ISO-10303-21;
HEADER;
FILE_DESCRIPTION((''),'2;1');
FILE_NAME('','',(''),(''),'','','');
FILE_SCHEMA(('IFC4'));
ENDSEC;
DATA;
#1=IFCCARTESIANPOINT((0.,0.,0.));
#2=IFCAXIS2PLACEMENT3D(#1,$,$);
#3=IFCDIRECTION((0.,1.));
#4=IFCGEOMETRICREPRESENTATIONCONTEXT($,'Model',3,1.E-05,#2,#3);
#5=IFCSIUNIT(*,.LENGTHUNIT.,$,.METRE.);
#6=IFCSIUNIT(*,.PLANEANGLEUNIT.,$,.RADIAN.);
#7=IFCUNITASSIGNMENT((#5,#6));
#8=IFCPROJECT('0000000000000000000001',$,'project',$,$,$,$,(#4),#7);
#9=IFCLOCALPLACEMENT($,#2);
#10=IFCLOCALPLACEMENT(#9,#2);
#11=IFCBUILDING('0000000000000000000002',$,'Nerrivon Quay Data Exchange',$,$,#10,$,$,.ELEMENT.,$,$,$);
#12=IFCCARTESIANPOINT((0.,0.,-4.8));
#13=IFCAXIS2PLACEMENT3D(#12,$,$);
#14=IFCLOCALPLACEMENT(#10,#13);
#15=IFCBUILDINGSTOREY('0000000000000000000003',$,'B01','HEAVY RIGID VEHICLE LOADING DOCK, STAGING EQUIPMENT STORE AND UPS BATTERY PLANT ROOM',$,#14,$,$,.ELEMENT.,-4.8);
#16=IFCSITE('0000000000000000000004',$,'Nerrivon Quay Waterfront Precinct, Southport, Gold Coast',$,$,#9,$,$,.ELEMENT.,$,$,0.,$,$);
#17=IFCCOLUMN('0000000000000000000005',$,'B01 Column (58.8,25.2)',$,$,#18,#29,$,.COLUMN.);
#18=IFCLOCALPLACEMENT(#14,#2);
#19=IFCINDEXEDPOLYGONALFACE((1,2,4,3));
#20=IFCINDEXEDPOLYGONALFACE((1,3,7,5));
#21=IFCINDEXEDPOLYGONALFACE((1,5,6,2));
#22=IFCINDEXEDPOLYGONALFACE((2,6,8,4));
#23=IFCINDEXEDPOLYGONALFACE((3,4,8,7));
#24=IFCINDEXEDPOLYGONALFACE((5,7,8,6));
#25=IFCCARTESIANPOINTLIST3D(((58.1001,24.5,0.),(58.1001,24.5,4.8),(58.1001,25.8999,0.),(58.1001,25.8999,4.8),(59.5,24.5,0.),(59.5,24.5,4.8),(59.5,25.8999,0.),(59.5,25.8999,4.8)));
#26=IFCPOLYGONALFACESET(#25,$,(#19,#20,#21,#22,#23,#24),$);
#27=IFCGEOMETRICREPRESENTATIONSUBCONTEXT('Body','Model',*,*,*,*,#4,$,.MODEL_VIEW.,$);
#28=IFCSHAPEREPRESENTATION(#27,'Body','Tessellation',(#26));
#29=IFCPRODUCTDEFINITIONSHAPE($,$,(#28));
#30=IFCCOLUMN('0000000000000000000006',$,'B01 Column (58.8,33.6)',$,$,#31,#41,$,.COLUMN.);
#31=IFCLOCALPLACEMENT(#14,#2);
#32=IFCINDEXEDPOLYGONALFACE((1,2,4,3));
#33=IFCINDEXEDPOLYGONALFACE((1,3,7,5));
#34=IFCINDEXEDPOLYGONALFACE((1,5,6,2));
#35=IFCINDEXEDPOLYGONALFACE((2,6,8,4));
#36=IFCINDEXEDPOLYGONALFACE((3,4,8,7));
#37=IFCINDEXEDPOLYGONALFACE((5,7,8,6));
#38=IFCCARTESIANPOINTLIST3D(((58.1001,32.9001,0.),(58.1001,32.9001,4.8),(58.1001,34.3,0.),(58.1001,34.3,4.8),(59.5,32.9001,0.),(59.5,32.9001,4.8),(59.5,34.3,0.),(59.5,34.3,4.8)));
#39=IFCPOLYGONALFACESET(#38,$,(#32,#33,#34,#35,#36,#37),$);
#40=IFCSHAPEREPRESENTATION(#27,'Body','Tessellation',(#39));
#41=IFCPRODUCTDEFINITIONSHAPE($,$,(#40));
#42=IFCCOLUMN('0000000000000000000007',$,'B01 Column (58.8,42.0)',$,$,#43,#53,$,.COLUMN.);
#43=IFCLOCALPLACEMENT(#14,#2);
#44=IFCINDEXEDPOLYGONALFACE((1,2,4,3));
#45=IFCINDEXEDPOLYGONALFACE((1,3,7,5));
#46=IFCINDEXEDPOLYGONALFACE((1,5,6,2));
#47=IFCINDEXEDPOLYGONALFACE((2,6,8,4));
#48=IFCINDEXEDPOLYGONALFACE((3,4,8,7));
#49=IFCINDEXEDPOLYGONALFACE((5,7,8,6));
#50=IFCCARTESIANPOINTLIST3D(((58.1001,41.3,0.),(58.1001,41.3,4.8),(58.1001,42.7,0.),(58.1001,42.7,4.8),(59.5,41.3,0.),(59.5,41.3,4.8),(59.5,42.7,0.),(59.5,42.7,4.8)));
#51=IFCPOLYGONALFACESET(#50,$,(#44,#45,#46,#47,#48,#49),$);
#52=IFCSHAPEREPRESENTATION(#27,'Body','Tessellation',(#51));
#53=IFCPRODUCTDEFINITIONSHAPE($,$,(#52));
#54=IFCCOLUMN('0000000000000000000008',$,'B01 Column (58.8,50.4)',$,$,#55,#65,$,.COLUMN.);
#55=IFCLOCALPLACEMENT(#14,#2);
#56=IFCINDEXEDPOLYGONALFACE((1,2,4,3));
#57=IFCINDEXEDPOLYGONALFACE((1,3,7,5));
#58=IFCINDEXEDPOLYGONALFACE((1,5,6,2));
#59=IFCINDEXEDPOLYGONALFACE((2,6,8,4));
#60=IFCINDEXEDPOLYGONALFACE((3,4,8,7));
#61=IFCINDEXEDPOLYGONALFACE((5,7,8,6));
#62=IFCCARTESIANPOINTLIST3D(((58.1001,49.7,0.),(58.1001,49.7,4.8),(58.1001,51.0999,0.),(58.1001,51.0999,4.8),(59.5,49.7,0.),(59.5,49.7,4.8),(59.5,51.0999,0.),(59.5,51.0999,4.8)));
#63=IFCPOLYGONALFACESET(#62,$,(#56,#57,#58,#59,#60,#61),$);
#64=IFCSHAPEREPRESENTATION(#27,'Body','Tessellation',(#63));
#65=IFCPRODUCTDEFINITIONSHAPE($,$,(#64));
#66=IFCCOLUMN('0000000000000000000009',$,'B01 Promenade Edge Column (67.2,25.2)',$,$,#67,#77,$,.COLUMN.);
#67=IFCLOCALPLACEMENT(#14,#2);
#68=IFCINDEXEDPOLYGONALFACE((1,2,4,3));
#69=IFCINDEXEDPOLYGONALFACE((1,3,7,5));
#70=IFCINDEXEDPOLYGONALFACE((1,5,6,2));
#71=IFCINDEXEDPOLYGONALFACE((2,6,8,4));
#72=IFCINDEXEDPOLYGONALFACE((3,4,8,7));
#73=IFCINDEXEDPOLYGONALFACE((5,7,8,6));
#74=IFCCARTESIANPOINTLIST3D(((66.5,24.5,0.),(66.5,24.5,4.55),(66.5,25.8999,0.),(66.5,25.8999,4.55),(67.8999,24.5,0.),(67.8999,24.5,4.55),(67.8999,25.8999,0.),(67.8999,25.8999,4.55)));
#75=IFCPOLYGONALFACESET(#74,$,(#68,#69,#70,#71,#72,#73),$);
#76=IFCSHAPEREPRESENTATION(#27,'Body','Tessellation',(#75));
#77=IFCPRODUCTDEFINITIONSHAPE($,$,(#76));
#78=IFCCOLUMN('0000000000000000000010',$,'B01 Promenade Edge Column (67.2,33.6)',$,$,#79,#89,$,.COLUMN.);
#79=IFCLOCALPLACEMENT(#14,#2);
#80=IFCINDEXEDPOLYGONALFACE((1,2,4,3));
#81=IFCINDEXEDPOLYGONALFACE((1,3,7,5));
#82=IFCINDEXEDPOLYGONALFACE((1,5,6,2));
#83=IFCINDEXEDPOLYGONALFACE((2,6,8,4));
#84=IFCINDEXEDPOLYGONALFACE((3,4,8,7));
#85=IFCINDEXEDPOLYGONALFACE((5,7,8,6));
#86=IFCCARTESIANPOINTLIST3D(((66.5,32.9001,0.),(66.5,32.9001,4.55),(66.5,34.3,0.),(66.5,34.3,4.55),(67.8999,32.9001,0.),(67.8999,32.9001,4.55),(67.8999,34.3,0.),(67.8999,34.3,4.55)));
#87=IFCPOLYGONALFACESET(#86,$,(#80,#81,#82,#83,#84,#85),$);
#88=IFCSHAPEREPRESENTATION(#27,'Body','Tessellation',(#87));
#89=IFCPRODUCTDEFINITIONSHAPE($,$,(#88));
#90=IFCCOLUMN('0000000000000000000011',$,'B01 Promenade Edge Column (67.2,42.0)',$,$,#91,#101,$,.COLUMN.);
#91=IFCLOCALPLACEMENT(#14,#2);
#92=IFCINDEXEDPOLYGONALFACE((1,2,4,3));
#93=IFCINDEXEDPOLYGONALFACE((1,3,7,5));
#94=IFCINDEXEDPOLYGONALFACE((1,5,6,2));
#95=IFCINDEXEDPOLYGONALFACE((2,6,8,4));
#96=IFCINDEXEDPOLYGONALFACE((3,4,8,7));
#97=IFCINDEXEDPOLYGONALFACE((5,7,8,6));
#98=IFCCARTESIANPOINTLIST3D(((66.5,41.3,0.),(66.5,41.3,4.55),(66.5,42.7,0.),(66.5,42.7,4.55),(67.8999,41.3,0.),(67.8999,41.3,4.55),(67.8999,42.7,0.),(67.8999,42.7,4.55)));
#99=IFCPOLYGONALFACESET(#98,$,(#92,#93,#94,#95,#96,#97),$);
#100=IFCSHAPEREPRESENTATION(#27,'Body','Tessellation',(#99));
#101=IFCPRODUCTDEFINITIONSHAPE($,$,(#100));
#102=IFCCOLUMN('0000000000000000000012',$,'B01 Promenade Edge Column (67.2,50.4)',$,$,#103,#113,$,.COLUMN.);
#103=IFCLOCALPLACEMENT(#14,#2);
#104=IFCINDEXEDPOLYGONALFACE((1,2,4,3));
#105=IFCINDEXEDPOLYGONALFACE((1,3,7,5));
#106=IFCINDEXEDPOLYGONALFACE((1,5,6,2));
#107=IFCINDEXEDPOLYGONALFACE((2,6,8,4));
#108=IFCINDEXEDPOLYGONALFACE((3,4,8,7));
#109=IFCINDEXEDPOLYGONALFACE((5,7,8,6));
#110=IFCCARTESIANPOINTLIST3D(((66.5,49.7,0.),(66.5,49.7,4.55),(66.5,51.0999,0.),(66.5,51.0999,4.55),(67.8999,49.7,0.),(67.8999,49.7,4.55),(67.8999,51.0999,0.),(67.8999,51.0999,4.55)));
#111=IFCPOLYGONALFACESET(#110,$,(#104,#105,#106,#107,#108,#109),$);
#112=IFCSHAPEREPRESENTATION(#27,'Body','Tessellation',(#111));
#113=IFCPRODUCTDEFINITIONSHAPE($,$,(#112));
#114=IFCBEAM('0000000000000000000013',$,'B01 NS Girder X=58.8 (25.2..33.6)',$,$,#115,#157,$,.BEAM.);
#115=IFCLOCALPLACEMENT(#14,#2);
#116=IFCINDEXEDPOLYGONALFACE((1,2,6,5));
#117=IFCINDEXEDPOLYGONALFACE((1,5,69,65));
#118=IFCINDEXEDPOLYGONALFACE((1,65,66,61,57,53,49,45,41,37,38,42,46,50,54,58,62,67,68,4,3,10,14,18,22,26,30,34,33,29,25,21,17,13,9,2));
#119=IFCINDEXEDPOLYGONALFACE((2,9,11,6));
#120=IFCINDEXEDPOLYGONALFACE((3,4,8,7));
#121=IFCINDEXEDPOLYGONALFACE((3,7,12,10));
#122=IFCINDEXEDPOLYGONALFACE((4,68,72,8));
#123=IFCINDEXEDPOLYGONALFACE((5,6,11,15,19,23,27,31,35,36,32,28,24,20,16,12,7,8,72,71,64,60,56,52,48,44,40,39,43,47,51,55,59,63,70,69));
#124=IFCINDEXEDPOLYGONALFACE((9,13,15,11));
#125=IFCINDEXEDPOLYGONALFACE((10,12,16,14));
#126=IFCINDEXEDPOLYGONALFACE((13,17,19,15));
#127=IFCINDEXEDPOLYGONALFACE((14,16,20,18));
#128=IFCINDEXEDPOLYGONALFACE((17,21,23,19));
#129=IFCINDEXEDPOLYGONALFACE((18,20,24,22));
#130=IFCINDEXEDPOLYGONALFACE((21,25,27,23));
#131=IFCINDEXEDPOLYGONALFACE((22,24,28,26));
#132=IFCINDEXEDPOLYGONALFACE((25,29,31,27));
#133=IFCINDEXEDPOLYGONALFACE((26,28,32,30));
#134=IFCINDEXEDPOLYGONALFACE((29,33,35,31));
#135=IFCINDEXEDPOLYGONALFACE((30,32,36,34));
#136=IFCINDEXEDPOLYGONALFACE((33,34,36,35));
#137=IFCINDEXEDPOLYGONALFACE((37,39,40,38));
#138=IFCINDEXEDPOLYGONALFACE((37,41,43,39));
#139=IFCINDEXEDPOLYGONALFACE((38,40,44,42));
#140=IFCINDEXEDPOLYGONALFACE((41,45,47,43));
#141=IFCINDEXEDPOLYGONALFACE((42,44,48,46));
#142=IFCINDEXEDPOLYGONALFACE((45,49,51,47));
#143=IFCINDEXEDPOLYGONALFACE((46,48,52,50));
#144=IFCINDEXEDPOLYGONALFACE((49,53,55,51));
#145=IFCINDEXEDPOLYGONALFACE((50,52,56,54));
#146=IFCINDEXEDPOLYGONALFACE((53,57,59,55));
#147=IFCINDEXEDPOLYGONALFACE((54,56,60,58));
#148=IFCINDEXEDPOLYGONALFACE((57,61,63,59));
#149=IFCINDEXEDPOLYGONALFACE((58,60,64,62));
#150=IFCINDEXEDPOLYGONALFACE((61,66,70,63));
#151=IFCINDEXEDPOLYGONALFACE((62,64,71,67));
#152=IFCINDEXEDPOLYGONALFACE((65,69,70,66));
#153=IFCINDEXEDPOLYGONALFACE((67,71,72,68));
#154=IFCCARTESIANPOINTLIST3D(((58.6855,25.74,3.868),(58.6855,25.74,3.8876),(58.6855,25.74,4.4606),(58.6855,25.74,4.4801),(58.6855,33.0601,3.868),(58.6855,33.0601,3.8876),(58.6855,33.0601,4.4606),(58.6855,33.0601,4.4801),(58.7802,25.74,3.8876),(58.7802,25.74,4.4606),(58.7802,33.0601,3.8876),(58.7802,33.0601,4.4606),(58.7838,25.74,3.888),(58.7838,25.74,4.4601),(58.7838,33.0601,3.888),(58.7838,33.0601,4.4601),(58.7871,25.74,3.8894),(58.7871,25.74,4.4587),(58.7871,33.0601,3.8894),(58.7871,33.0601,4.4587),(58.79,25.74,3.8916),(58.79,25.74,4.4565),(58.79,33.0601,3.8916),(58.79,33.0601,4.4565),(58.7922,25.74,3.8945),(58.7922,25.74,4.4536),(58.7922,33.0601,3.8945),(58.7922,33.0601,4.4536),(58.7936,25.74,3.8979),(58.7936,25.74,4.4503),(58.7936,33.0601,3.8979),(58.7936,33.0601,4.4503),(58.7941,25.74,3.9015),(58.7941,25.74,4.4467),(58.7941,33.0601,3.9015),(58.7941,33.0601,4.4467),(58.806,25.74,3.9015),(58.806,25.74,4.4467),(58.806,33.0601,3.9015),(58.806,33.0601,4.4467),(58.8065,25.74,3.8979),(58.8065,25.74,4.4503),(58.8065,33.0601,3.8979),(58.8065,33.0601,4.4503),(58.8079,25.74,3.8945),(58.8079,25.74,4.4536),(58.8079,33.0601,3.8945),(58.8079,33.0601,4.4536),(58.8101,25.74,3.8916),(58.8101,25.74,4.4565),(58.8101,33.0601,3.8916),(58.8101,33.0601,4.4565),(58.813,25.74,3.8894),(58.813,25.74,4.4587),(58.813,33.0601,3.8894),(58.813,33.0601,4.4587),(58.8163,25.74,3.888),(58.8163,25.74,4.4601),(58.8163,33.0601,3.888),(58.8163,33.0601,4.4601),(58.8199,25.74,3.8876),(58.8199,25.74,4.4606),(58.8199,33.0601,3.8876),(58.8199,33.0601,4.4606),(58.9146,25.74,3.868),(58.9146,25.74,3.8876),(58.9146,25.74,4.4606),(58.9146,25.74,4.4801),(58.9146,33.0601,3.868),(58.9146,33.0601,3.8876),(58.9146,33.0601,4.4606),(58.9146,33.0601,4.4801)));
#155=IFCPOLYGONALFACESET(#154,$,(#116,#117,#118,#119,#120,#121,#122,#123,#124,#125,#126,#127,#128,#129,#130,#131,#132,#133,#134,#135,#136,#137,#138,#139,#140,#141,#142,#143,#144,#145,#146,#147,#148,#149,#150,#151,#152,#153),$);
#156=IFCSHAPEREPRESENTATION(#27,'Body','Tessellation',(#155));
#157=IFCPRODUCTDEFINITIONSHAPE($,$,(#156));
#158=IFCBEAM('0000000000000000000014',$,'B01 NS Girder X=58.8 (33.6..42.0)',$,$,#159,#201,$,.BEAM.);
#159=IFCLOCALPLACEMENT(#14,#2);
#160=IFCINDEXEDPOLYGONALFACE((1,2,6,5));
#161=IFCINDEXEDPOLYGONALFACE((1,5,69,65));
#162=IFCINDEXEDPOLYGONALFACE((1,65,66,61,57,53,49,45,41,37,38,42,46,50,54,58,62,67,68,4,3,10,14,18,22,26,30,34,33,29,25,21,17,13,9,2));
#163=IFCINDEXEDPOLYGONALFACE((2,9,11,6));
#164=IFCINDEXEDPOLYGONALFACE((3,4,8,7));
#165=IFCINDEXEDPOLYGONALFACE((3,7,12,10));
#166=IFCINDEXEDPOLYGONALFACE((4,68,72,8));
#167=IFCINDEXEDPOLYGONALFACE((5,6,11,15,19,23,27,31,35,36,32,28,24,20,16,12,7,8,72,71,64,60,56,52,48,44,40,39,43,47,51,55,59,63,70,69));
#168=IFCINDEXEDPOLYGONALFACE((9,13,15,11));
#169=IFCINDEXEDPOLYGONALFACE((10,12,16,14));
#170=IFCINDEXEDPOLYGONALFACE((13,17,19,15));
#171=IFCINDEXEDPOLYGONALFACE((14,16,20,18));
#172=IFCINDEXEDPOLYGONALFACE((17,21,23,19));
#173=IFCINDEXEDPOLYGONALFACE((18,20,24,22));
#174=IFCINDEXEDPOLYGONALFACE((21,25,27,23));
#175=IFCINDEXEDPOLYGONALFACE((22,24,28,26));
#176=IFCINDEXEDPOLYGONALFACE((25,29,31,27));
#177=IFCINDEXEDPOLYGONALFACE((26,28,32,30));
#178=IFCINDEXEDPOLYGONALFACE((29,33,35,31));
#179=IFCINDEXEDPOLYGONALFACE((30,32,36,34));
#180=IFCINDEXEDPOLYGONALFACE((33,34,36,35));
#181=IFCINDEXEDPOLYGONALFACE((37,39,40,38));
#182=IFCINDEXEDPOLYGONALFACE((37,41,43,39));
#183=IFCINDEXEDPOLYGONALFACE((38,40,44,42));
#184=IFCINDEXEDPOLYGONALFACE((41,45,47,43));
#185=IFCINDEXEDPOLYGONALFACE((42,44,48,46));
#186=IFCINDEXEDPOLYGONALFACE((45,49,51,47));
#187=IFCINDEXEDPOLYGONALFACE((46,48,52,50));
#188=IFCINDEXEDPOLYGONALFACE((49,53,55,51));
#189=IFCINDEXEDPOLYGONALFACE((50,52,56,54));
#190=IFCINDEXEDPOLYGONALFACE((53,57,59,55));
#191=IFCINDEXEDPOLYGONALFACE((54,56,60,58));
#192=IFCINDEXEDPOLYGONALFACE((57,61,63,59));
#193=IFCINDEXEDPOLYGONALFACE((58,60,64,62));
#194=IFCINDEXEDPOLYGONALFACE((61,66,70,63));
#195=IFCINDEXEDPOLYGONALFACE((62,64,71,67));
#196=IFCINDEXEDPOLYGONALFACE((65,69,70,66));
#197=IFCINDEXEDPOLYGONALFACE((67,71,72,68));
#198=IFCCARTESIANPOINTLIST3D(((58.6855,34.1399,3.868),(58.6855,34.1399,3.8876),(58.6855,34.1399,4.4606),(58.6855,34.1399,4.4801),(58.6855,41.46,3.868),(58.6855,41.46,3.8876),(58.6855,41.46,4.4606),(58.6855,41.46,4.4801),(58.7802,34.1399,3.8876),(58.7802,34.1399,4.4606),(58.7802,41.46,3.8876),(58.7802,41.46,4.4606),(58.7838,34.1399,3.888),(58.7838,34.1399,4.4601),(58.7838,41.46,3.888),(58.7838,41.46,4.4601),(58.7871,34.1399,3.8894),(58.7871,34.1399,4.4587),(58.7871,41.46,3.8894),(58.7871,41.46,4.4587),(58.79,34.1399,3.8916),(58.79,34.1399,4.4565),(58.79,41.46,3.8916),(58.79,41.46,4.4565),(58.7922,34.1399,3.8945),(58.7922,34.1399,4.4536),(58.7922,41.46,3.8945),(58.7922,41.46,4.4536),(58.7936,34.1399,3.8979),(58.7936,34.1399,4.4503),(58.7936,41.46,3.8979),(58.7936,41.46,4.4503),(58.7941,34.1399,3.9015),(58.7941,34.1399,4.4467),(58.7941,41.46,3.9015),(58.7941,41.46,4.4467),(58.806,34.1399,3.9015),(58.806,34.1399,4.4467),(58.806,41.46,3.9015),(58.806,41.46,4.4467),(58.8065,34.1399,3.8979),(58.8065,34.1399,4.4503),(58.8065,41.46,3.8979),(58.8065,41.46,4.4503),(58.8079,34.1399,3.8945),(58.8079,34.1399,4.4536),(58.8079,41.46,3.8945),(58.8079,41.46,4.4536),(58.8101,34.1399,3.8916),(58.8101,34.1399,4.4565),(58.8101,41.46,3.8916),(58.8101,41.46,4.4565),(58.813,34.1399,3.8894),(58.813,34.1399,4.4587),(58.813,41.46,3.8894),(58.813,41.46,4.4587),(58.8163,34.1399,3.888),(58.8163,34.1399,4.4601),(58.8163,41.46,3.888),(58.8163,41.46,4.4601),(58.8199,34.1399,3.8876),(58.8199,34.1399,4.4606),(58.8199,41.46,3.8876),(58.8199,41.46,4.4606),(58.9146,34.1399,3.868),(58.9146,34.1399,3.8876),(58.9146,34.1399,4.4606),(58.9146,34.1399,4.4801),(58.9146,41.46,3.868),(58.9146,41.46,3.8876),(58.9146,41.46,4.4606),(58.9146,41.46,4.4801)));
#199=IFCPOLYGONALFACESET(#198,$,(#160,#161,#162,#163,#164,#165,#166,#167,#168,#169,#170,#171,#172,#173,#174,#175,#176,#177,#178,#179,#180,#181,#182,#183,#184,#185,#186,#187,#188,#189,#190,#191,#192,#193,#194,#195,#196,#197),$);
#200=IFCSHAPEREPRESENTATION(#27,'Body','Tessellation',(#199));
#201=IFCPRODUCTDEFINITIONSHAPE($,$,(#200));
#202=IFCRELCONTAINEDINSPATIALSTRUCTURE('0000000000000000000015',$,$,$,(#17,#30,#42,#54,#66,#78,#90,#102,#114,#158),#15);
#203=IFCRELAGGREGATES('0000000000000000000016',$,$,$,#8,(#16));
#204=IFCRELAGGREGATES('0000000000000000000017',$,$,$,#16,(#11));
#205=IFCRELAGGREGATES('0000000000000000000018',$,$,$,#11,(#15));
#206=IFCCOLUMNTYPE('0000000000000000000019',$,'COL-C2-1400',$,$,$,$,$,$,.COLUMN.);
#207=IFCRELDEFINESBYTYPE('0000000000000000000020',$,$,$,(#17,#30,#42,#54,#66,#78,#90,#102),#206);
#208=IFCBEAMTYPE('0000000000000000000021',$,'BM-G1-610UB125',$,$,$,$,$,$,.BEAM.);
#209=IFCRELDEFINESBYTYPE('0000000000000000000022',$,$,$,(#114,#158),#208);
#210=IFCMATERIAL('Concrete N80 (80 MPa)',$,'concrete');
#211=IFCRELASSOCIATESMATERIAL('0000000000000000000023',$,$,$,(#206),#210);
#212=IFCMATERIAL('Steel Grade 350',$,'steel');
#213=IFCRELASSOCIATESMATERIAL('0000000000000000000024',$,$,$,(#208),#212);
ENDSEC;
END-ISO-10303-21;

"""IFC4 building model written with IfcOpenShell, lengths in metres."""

from ifc_helpers import new_model, si_unit, direction, frame, origin, origin_2d, place, context, subcontext, project, spatial, rectangle, i_section, extrude, material, material_profile, profile_set, type_object, element, save


model = new_model("IFC4")

# Units and contexts
model_context = context("Model", 3, precision=1e-05, world=origin(), true_north=direction((0.0, 1.0)))
body_context = subcontext(model_context, "Body", "Model", "MODEL_VIEW")
ifc_project = project(units=[si_unit("LENGTHUNIT", "METRE"), si_unit("PLANEANGLEUNIT", "RADIAN")], contexts=[model_context])

# Site, building, storey
site_placement = place(None, origin())
site = spatial("IfcSite", under=ifc_project, at=site_placement, Name="Nerrivon Quay Waterfront Precinct, Southport, Gold Coast", CompositionType="ELEMENT", RefElevation=0.0)
building_placement = place(site_placement, origin())
building = spatial("IfcBuilding", under=site, at=building_placement, Name="Nerrivon Quay Data Exchange", CompositionType="ELEMENT")
storey_placement = place(building_placement, frame((0.0, 0.0, -4.8)))
storey = spatial("IfcBuildingStorey", under=building, at=storey_placement, Name="B01", Description="HEAVY RIGID VEHICLE LOADING DOCK, STAGING EQUIPMENT STORE AND UPS BATTERY PLANT ROOM", CompositionType="ELEMENT", Elevation=-4.8)

# Columns
ifc_material_1 = material(Name="Concrete N80 (80 MPa)", Category="concrete")
ifc_material_profile_1 = material_profile(ifc_material_1, rectangle(XDim=1.3999, YDim=1.3999, at=origin_2d()), Name="RC-COL-1400x1400")
ifc_profile_set_1 = profile_set([ifc_material_profile_1], Name="Concrete N80 (80 MPa)")
column_type = type_object("IfcColumnType", Name="COL-C2-1400", PredefinedType="COLUMN", material=ifc_profile_set_1)
for number, where, z_axis, x_axis, name in (
    (1, (58.8, 25.2, 0.0), (0.0, 0.0, 1.0), (1.0, 0.0, 0.0), "B01 Column (58.8,25.2)"),
    (2, (58.8, 33.6001, 0.0), (0.0, 0.0, 1.0), (1.0, 0.0, 0.0), "B01 Column (58.8,33.6)"),
    (3, (58.8, 42.0, 0.0), (0.0, 0.0, 1.0), (1.0, 0.0, 0.0), "B01 Column (58.8,42.0)"),
    (4, (58.8, 50.3999, 0.0), (0.0, 0.0, 1.0), (1.0, 0.0, 0.0), "B01 Column (58.8,50.4)"),
):
    element("IfcColumn", number, at=place(storey_placement, frame(where, z_axis=z_axis, x_axis=x_axis)), inside=storey, type_object=column_type, Name=name, PredefinedType="COLUMN", context=body_context, shape_type="SweptSolid", body=[
        extrude(rectangle(XDim=1.3999, YDim=1.3999, at=origin_2d()), origin(), (0.0, 0.0, 1.0), 4.8),
    ])
for number, where, z_axis, x_axis, name in (
    (5, (67.2, 25.2, 0.0), (0.0, 0.0, 1.0), (1.0, 0.0, 0.0), "B01 Promenade Edge Column (67.2,25.2)"),
    (6, (67.2, 33.6001, 0.0), (0.0, 0.0, 1.0), (1.0, 0.0, 0.0), "B01 Promenade Edge Column (67.2,33.6)"),
    (7, (67.2, 42.0, 0.0), (0.0, 0.0, 1.0), (1.0, 0.0, 0.0), "B01 Promenade Edge Column (67.2,42.0)"),
    (8, (67.2, 50.3999, 0.0), (0.0, 0.0, 1.0), (1.0, 0.0, 0.0), "B01 Promenade Edge Column (67.2,50.4)"),
):
    element("IfcColumn", number, at=place(storey_placement, frame(where, z_axis=z_axis, x_axis=x_axis)), inside=storey, type_object=column_type, Name=name, PredefinedType="COLUMN", context=body_context, shape_type="SweptSolid", body=[
        extrude(rectangle(XDim=1.3999, YDim=1.3999, at=origin_2d()), origin(), (0.0, 0.0, 1.0), 4.55),
    ])

# Beams
ifc_material_2 = material(Name="Steel Grade 350", Category="steel")
ifc_material_profile_2 = material_profile(ifc_material_2, i_section(OverallWidth=0.229, OverallDepth=0.6121, WebThickness=0.012, FlangeThickness=0.0195, FilletRadius=0.0139, at=origin_2d()), Name="610UB125")
ifc_profile_set_2 = profile_set([ifc_material_profile_2], Name="Steel Grade 350")
beam_type_1 = type_object("IfcBeamType", Name="BM-G1-610UB125", PredefinedType="BEAM", material=ifc_profile_set_2)
for number, where, z_axis, x_axis, name in (
    (9, (58.8, 25.74, 4.1741), (0.0, 1.0, 0.0), (-1.0, 0.0, 0.0), "B01 NS Girder X=58.8 (25.2..33.6)"),
    (10, (58.8, 34.1399, 4.1741), (0.0, 1.0, 0.0), (-1.0, 0.0, 0.0), "B01 NS Girder X=58.8 (33.6..42.0)"),
):
    element("IfcBeam", number, at=place(storey_placement, frame(where, z_axis=z_axis, x_axis=x_axis)), inside=storey, type_object=beam_type_1, Name=name, PredefinedType="BEAM", context=body_context, shape_type="SweptSolid", body=[
        extrude(i_section(OverallWidth=0.229, OverallDepth=0.6121, WebThickness=0.012, FlangeThickness=0.0195, FilletRadius=0.0139, at=origin_2d()), origin(), (0.0, 0.0, 1.0), 7.3201),
    ])

save(model, "model.ifc")
